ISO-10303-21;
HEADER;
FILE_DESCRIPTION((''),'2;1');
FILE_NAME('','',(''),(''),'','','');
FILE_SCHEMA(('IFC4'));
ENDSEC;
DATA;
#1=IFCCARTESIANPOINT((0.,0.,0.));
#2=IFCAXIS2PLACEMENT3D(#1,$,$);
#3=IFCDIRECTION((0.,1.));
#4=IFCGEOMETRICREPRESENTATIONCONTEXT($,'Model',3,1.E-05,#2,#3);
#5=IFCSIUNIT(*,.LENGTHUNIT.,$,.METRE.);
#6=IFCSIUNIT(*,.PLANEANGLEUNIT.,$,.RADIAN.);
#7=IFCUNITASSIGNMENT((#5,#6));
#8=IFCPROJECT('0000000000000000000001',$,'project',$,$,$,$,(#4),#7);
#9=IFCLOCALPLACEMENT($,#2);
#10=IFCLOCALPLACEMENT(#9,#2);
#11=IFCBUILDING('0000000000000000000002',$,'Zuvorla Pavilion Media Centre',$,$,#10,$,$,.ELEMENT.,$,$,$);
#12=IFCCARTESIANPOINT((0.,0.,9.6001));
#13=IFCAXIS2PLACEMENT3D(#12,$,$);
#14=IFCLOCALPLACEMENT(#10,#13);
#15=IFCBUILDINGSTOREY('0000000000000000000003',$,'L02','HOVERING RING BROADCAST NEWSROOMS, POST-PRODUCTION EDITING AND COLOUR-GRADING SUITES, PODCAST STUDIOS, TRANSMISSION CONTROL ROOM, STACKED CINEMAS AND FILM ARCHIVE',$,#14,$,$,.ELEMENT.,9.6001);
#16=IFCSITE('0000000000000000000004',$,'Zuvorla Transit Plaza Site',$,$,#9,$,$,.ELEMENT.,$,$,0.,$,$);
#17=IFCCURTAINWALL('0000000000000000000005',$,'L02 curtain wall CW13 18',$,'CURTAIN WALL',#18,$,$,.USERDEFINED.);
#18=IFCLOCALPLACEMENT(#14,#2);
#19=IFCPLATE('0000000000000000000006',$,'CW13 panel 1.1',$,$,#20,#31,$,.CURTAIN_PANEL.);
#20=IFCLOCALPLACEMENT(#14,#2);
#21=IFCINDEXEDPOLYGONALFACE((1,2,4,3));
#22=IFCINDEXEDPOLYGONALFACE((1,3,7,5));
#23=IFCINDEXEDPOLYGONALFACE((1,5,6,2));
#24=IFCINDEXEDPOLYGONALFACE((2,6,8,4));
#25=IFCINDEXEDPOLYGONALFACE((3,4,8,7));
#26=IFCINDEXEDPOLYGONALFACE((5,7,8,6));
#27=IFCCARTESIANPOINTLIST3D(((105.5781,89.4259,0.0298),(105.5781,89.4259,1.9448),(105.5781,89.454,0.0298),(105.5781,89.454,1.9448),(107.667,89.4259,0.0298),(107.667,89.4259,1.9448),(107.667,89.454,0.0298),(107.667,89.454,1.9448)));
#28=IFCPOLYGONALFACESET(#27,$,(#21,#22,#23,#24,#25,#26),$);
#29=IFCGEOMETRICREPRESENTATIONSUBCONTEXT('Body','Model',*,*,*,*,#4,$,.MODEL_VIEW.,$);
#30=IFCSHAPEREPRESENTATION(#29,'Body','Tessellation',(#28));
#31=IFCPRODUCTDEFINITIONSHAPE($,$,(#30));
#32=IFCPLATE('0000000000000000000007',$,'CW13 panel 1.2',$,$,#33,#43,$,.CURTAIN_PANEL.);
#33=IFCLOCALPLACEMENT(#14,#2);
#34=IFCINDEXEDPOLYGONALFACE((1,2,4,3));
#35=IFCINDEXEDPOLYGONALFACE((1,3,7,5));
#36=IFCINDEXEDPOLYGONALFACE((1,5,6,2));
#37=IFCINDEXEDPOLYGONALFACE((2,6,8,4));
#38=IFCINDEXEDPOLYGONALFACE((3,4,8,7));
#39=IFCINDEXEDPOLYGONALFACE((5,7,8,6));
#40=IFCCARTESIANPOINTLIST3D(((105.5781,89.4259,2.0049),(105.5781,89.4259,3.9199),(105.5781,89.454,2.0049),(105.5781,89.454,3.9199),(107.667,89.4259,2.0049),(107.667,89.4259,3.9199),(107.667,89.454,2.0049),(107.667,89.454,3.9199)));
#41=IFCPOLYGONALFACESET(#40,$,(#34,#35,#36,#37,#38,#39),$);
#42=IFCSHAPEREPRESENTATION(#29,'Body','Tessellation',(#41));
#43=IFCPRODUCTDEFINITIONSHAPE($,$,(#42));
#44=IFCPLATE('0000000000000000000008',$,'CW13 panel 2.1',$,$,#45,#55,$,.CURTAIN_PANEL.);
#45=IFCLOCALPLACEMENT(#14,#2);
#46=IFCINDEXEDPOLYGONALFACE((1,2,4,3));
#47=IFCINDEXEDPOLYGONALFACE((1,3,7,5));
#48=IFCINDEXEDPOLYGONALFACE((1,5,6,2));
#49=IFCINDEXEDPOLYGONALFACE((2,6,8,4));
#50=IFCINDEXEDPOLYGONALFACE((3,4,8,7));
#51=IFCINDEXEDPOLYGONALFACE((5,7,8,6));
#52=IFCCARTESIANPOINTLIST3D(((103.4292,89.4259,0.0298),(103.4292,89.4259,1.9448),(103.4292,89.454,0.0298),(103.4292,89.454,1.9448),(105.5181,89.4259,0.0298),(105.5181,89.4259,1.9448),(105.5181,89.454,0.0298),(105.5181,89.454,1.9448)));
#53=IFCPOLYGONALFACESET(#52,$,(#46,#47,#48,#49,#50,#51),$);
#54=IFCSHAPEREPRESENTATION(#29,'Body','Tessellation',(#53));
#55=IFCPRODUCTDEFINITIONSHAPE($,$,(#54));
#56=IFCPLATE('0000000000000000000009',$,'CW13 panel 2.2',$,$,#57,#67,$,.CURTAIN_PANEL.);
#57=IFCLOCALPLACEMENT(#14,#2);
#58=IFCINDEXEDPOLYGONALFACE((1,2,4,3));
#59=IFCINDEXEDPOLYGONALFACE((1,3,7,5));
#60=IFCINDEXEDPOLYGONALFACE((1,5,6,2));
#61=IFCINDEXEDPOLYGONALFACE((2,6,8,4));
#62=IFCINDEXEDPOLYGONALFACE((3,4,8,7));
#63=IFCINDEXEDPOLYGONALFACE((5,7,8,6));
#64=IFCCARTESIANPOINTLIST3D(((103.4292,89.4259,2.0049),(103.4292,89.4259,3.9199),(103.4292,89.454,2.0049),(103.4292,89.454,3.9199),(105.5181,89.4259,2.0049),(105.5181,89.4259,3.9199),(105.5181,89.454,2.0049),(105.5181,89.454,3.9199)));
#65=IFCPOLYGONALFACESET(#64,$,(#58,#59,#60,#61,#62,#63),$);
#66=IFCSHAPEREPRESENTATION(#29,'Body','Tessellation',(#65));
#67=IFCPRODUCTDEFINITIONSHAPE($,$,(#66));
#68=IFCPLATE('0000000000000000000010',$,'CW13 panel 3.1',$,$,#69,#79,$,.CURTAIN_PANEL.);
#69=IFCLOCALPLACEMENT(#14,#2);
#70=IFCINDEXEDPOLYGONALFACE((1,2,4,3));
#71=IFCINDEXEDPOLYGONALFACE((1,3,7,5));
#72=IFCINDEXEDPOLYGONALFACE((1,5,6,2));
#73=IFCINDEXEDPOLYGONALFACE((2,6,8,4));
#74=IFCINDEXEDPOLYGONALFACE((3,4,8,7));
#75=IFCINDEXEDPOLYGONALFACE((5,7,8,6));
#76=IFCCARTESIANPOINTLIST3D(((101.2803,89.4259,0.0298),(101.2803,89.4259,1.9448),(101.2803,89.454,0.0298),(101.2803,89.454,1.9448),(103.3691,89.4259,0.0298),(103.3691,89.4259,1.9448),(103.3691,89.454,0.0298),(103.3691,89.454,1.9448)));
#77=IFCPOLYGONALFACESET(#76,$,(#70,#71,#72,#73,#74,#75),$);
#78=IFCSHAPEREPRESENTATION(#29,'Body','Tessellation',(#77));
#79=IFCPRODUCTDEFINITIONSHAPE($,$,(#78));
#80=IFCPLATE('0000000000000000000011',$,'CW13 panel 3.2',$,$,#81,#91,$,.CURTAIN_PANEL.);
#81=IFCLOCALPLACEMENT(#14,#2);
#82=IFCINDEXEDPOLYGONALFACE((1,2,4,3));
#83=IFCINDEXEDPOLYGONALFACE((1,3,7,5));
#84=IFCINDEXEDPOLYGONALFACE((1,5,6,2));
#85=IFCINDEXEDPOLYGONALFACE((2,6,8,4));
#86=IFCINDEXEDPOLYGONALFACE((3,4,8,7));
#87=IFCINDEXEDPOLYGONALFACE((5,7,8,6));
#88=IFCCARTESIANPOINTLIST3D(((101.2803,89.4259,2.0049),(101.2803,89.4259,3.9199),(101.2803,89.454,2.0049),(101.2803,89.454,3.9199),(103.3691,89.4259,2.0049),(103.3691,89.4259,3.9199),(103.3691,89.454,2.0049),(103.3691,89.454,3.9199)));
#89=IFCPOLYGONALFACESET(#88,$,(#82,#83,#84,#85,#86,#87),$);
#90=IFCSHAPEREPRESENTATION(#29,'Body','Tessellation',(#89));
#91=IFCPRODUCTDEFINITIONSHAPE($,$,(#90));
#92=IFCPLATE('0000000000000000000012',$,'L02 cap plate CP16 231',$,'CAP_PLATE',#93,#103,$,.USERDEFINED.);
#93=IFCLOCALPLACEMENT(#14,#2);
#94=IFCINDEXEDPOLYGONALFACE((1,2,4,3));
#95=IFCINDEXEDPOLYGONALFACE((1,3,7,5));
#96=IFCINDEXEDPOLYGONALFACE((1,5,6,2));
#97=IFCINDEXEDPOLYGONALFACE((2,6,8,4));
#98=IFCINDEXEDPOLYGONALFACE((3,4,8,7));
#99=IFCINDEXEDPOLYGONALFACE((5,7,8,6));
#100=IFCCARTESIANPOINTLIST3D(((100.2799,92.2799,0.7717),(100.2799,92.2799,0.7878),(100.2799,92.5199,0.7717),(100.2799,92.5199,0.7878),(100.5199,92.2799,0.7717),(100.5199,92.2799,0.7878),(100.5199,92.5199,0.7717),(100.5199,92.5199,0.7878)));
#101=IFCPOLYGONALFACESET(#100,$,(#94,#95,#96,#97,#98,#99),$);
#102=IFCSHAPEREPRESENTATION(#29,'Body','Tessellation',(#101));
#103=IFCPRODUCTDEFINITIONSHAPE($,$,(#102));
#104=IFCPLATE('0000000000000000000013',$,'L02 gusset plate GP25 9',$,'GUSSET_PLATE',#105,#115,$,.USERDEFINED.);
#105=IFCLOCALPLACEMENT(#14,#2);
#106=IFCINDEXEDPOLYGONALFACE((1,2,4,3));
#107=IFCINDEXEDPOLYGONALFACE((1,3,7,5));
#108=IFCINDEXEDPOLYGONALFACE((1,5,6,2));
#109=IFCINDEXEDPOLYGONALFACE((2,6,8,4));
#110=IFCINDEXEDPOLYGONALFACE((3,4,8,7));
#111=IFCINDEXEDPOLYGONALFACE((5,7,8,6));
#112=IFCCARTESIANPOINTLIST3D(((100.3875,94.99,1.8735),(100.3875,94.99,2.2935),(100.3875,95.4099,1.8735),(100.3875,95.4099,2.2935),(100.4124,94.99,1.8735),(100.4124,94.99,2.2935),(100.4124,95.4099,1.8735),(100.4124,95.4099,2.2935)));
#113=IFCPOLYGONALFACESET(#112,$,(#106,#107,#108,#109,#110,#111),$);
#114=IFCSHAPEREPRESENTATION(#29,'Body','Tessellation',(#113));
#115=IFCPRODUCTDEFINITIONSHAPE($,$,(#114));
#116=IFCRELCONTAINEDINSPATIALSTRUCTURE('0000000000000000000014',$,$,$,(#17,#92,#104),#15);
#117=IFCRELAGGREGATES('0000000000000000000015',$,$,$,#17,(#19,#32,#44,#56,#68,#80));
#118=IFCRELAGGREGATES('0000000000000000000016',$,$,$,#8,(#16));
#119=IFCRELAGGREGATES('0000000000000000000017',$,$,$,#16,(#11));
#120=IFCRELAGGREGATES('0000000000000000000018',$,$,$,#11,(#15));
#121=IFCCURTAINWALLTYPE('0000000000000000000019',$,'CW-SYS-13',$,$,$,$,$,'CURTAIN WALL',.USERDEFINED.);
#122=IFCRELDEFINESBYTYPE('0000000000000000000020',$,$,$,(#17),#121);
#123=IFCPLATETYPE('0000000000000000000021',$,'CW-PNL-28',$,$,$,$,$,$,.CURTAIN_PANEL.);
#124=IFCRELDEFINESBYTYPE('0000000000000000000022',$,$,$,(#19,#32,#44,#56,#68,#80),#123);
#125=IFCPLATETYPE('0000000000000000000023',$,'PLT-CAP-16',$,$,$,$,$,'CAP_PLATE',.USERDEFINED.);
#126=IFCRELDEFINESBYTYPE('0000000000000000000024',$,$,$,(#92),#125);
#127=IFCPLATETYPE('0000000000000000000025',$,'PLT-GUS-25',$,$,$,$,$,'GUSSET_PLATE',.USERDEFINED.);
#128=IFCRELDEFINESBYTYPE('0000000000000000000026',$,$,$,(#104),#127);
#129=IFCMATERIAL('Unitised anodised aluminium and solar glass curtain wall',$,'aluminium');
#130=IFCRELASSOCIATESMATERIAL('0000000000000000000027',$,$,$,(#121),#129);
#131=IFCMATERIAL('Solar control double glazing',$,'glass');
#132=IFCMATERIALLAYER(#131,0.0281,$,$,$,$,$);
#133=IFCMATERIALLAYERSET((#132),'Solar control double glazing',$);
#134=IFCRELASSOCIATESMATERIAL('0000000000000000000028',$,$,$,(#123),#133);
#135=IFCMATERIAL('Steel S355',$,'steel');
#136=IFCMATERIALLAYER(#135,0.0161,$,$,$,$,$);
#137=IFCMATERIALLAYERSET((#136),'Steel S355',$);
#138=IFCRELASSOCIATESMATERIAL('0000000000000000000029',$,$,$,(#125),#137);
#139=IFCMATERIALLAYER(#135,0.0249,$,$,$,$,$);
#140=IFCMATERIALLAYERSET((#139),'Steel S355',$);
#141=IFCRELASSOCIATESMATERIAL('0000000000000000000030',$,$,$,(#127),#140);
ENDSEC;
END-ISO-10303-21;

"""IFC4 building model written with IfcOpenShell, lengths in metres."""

from ifc_helpers import new_model, si_unit, direction, frame, origin, origin_2d, place, context, subcontext, project, spatial, rectangle, extrude, material, layer, layer_set, type_object, element, aggregate, save


model = new_model("IFC4")

# Units and contexts
model_context = context("Model", 3, precision=1e-05, world=origin(), true_north=direction((0.0, 1.0)))
body_context = subcontext(model_context, "Body", "Model", "MODEL_VIEW")
ifc_project = project(units=[si_unit("LENGTHUNIT", "METRE"), si_unit("PLANEANGLEUNIT", "RADIAN")], contexts=[model_context])

# Site, building, storey
site_placement = place(None, origin())
site = spatial("IfcSite", under=ifc_project, at=site_placement, Name="Zuvorla Transit Plaza Site", CompositionType="ELEMENT", RefElevation=0.0)
building_placement = place(site_placement, origin())
building = spatial("IfcBuilding", under=site, at=building_placement, Name="Zuvorla Pavilion Media Centre", CompositionType="ELEMENT")
storey_placement = place(building_placement, frame((0.0, 0.0, 9.6001)))
storey = spatial("IfcBuildingStorey", under=building, at=storey_placement, Name="L02", Description="HOVERING RING BROADCAST NEWSROOMS, POST-PRODUCTION EDITING AND COLOUR-GRADING SUITES, PODCAST STUDIOS, TRANSMISSION CONTROL ROOM, STACKED CINEMAS AND FILM ARCHIVE", CompositionType="ELEMENT", Elevation=9.6001)

# Shared definitions
ifc_material_1 = material(Name="Steel S355", Category="steel")

# Curtain wall
ifc_material_2 = material(Name="Unitised anodised aluminium and solar glass curtain wall", Category="aluminium")
curtain_wall_type = type_object("IfcCurtainWallType", Name="CW-SYS-13", ElementType="CURTAIN WALL", PredefinedType="USERDEFINED", material=ifc_material_2)
curtain_wall_placement = place(storey_placement, origin())
curtain_wall = element("IfcCurtainWall", 1, at=curtain_wall_placement, inside=storey, type_object=curtain_wall_type, Name="L02 curtain wall CW13 18", ObjectType="CURTAIN WALL", PredefinedType="USERDEFINED")

# Plates
ifc_material_3 = material(Name="Solar control double glazing", Category="glass")
ifc_layer_1 = layer(ifc_material_3, 0.0281)
ifc_layer_set_1 = layer_set([ifc_layer_1], Name="Solar control double glazing")
plate_type_1 = type_object("IfcPlateType", Name="CW-PNL-28", PredefinedType="CURTAIN_PANEL", material=ifc_layer_set_1)
plate_1_placement = place(storey_placement, frame((106.6226, 89.4399, 0.0298), z_axis=(0.0, 0.0, 1.0), x_axis=(-1.0, 0.0, 0.0)))
plate_1 = element("IfcPlate", 2, at=plate_1_placement, type_object=plate_type_1, Name="CW13 panel 1.1", PredefinedType="CURTAIN_PANEL", context=body_context, shape_type="SweptSolid", body=[
    extrude(rectangle(XDim=2.0889, YDim=0.0281, at=origin_2d()), origin(), (0.0, 0.0, 1.0), 1.915),
])
plate_2_placement = place(storey_placement, frame((106.6226, 89.4399, 2.0049), z_axis=(0.0, 0.0, 1.0), x_axis=(-1.0, 0.0, 0.0)))
plate_2 = element("IfcPlate", 3, at=plate_2_placement, type_object=plate_type_1, Name="CW13 panel 1.2", PredefinedType="CURTAIN_PANEL", context=body_context, shape_type="SweptSolid", body=[
    extrude(rectangle(XDim=2.0889, YDim=0.0281, at=origin_2d()), origin(), (0.0, 0.0, 1.0), 1.915),
])
plate_3_placement = place(storey_placement, frame((104.4736, 89.4399, 0.0298), z_axis=(0.0, 0.0, 1.0), x_axis=(-1.0, 0.0, 0.0)))
plate_3 = element("IfcPlate", 4, at=plate_3_placement, type_object=plate_type_1, Name="CW13 panel 2.1", PredefinedType="CURTAIN_PANEL", context=body_context, shape_type="SweptSolid", body=[
    extrude(rectangle(XDim=2.0889, YDim=0.0281, at=origin_2d()), origin(), (0.0, 0.0, 1.0), 1.915),
])
plate_4_placement = place(storey_placement, frame((104.4736, 89.4399, 2.0049), z_axis=(0.0, 0.0, 1.0), x_axis=(-1.0, 0.0, 0.0)))
plate_4 = element("IfcPlate", 5, at=plate_4_placement, type_object=plate_type_1, Name="CW13 panel 2.2", PredefinedType="CURTAIN_PANEL", context=body_context, shape_type="SweptSolid", body=[
    extrude(rectangle(XDim=2.0889, YDim=0.0281, at=origin_2d()), origin(), (0.0, 0.0, 1.0), 1.915),
])
plate_5_placement = place(storey_placement, frame((102.3247, 89.4399, 0.0298), z_axis=(0.0, 0.0, 1.0), x_axis=(-1.0, 0.0, 0.0)))
plate_5 = element("IfcPlate", 6, at=plate_5_placement, type_object=plate_type_1, Name="CW13 panel 3.1", PredefinedType="CURTAIN_PANEL", context=body_context, shape_type="SweptSolid", body=[
    extrude(rectangle(XDim=2.0889, YDim=0.0281, at=origin_2d()), origin(), (0.0, 0.0, 1.0), 1.915),
])
plate_6_placement = place(storey_placement, frame((102.3247, 89.4399, 2.0049), z_axis=(0.0, 0.0, 1.0), x_axis=(-1.0, 0.0, 0.0)))
plate_6 = element("IfcPlate", 7, at=plate_6_placement, type_object=plate_type_1, Name="CW13 panel 3.2", PredefinedType="CURTAIN_PANEL", context=body_context, shape_type="SweptSolid", body=[
    extrude(rectangle(XDim=2.0889, YDim=0.0281, at=origin_2d()), origin(), (0.0, 0.0, 1.0), 1.915),
])
aggregate(curtain_wall, [plate_1, plate_2, plate_3, plate_4, plate_5, plate_6])

# Plates
ifc_layer_2 = layer(ifc_material_1, 0.0161)
ifc_layer_set_2 = layer_set([ifc_layer_2], Name="Steel S355")
plate_type_2 = type_object("IfcPlateType", Name="PLT-CAP-16", ElementType="CAP_PLATE", PredefinedType="USERDEFINED", material=ifc_layer_set_2)
plate_7_placement = place(storey_placement, frame((100.3999, 92.3999, 0.7717), z_axis=(0.0, 0.0, 1.0), x_axis=(1.0, 0.0, 0.0)))
element("IfcPlate", 8, at=plate_7_placement, inside=storey, type_object=plate_type_2, Name="L02 cap plate CP16 231", ObjectType="CAP_PLATE", PredefinedType="USERDEFINED", context=body_context, shape_type="SweptSolid", body=[
    extrude(rectangle(XDim=0.24, YDim=0.24, at=origin_2d()), origin(), (0.0, 0.0, 1.0), 0.0161),
])
ifc_layer_3 = layer(ifc_material_1, 0.0249)
ifc_layer_set_3 = layer_set([ifc_layer_3], Name="Steel S355")
plate_type_3 = type_object("IfcPlateType", Name="PLT-GUS-25", ElementType="GUSSET_PLATE", PredefinedType="USERDEFINED", material=ifc_layer_set_3)
plate_8_placement = place(storey_placement, frame((100.3999, 95.2, 1.8735), z_axis=(0.0, 0.0, 1.0), x_axis=(1.0, 0.0, 0.0)))
element("IfcPlate", 9, at=plate_8_placement, inside=storey, type_object=plate_type_3, Name="L02 gusset plate GP25 9", ObjectType="GUSSET_PLATE", PredefinedType="USERDEFINED", context=body_context, shape_type="SweptSolid", body=[
    extrude(rectangle(XDim=0.0249, YDim=0.4199, at=origin_2d()), origin(), (0.0, 0.0, 1.0), 0.4199),
])

save(model, "model.ifc")
